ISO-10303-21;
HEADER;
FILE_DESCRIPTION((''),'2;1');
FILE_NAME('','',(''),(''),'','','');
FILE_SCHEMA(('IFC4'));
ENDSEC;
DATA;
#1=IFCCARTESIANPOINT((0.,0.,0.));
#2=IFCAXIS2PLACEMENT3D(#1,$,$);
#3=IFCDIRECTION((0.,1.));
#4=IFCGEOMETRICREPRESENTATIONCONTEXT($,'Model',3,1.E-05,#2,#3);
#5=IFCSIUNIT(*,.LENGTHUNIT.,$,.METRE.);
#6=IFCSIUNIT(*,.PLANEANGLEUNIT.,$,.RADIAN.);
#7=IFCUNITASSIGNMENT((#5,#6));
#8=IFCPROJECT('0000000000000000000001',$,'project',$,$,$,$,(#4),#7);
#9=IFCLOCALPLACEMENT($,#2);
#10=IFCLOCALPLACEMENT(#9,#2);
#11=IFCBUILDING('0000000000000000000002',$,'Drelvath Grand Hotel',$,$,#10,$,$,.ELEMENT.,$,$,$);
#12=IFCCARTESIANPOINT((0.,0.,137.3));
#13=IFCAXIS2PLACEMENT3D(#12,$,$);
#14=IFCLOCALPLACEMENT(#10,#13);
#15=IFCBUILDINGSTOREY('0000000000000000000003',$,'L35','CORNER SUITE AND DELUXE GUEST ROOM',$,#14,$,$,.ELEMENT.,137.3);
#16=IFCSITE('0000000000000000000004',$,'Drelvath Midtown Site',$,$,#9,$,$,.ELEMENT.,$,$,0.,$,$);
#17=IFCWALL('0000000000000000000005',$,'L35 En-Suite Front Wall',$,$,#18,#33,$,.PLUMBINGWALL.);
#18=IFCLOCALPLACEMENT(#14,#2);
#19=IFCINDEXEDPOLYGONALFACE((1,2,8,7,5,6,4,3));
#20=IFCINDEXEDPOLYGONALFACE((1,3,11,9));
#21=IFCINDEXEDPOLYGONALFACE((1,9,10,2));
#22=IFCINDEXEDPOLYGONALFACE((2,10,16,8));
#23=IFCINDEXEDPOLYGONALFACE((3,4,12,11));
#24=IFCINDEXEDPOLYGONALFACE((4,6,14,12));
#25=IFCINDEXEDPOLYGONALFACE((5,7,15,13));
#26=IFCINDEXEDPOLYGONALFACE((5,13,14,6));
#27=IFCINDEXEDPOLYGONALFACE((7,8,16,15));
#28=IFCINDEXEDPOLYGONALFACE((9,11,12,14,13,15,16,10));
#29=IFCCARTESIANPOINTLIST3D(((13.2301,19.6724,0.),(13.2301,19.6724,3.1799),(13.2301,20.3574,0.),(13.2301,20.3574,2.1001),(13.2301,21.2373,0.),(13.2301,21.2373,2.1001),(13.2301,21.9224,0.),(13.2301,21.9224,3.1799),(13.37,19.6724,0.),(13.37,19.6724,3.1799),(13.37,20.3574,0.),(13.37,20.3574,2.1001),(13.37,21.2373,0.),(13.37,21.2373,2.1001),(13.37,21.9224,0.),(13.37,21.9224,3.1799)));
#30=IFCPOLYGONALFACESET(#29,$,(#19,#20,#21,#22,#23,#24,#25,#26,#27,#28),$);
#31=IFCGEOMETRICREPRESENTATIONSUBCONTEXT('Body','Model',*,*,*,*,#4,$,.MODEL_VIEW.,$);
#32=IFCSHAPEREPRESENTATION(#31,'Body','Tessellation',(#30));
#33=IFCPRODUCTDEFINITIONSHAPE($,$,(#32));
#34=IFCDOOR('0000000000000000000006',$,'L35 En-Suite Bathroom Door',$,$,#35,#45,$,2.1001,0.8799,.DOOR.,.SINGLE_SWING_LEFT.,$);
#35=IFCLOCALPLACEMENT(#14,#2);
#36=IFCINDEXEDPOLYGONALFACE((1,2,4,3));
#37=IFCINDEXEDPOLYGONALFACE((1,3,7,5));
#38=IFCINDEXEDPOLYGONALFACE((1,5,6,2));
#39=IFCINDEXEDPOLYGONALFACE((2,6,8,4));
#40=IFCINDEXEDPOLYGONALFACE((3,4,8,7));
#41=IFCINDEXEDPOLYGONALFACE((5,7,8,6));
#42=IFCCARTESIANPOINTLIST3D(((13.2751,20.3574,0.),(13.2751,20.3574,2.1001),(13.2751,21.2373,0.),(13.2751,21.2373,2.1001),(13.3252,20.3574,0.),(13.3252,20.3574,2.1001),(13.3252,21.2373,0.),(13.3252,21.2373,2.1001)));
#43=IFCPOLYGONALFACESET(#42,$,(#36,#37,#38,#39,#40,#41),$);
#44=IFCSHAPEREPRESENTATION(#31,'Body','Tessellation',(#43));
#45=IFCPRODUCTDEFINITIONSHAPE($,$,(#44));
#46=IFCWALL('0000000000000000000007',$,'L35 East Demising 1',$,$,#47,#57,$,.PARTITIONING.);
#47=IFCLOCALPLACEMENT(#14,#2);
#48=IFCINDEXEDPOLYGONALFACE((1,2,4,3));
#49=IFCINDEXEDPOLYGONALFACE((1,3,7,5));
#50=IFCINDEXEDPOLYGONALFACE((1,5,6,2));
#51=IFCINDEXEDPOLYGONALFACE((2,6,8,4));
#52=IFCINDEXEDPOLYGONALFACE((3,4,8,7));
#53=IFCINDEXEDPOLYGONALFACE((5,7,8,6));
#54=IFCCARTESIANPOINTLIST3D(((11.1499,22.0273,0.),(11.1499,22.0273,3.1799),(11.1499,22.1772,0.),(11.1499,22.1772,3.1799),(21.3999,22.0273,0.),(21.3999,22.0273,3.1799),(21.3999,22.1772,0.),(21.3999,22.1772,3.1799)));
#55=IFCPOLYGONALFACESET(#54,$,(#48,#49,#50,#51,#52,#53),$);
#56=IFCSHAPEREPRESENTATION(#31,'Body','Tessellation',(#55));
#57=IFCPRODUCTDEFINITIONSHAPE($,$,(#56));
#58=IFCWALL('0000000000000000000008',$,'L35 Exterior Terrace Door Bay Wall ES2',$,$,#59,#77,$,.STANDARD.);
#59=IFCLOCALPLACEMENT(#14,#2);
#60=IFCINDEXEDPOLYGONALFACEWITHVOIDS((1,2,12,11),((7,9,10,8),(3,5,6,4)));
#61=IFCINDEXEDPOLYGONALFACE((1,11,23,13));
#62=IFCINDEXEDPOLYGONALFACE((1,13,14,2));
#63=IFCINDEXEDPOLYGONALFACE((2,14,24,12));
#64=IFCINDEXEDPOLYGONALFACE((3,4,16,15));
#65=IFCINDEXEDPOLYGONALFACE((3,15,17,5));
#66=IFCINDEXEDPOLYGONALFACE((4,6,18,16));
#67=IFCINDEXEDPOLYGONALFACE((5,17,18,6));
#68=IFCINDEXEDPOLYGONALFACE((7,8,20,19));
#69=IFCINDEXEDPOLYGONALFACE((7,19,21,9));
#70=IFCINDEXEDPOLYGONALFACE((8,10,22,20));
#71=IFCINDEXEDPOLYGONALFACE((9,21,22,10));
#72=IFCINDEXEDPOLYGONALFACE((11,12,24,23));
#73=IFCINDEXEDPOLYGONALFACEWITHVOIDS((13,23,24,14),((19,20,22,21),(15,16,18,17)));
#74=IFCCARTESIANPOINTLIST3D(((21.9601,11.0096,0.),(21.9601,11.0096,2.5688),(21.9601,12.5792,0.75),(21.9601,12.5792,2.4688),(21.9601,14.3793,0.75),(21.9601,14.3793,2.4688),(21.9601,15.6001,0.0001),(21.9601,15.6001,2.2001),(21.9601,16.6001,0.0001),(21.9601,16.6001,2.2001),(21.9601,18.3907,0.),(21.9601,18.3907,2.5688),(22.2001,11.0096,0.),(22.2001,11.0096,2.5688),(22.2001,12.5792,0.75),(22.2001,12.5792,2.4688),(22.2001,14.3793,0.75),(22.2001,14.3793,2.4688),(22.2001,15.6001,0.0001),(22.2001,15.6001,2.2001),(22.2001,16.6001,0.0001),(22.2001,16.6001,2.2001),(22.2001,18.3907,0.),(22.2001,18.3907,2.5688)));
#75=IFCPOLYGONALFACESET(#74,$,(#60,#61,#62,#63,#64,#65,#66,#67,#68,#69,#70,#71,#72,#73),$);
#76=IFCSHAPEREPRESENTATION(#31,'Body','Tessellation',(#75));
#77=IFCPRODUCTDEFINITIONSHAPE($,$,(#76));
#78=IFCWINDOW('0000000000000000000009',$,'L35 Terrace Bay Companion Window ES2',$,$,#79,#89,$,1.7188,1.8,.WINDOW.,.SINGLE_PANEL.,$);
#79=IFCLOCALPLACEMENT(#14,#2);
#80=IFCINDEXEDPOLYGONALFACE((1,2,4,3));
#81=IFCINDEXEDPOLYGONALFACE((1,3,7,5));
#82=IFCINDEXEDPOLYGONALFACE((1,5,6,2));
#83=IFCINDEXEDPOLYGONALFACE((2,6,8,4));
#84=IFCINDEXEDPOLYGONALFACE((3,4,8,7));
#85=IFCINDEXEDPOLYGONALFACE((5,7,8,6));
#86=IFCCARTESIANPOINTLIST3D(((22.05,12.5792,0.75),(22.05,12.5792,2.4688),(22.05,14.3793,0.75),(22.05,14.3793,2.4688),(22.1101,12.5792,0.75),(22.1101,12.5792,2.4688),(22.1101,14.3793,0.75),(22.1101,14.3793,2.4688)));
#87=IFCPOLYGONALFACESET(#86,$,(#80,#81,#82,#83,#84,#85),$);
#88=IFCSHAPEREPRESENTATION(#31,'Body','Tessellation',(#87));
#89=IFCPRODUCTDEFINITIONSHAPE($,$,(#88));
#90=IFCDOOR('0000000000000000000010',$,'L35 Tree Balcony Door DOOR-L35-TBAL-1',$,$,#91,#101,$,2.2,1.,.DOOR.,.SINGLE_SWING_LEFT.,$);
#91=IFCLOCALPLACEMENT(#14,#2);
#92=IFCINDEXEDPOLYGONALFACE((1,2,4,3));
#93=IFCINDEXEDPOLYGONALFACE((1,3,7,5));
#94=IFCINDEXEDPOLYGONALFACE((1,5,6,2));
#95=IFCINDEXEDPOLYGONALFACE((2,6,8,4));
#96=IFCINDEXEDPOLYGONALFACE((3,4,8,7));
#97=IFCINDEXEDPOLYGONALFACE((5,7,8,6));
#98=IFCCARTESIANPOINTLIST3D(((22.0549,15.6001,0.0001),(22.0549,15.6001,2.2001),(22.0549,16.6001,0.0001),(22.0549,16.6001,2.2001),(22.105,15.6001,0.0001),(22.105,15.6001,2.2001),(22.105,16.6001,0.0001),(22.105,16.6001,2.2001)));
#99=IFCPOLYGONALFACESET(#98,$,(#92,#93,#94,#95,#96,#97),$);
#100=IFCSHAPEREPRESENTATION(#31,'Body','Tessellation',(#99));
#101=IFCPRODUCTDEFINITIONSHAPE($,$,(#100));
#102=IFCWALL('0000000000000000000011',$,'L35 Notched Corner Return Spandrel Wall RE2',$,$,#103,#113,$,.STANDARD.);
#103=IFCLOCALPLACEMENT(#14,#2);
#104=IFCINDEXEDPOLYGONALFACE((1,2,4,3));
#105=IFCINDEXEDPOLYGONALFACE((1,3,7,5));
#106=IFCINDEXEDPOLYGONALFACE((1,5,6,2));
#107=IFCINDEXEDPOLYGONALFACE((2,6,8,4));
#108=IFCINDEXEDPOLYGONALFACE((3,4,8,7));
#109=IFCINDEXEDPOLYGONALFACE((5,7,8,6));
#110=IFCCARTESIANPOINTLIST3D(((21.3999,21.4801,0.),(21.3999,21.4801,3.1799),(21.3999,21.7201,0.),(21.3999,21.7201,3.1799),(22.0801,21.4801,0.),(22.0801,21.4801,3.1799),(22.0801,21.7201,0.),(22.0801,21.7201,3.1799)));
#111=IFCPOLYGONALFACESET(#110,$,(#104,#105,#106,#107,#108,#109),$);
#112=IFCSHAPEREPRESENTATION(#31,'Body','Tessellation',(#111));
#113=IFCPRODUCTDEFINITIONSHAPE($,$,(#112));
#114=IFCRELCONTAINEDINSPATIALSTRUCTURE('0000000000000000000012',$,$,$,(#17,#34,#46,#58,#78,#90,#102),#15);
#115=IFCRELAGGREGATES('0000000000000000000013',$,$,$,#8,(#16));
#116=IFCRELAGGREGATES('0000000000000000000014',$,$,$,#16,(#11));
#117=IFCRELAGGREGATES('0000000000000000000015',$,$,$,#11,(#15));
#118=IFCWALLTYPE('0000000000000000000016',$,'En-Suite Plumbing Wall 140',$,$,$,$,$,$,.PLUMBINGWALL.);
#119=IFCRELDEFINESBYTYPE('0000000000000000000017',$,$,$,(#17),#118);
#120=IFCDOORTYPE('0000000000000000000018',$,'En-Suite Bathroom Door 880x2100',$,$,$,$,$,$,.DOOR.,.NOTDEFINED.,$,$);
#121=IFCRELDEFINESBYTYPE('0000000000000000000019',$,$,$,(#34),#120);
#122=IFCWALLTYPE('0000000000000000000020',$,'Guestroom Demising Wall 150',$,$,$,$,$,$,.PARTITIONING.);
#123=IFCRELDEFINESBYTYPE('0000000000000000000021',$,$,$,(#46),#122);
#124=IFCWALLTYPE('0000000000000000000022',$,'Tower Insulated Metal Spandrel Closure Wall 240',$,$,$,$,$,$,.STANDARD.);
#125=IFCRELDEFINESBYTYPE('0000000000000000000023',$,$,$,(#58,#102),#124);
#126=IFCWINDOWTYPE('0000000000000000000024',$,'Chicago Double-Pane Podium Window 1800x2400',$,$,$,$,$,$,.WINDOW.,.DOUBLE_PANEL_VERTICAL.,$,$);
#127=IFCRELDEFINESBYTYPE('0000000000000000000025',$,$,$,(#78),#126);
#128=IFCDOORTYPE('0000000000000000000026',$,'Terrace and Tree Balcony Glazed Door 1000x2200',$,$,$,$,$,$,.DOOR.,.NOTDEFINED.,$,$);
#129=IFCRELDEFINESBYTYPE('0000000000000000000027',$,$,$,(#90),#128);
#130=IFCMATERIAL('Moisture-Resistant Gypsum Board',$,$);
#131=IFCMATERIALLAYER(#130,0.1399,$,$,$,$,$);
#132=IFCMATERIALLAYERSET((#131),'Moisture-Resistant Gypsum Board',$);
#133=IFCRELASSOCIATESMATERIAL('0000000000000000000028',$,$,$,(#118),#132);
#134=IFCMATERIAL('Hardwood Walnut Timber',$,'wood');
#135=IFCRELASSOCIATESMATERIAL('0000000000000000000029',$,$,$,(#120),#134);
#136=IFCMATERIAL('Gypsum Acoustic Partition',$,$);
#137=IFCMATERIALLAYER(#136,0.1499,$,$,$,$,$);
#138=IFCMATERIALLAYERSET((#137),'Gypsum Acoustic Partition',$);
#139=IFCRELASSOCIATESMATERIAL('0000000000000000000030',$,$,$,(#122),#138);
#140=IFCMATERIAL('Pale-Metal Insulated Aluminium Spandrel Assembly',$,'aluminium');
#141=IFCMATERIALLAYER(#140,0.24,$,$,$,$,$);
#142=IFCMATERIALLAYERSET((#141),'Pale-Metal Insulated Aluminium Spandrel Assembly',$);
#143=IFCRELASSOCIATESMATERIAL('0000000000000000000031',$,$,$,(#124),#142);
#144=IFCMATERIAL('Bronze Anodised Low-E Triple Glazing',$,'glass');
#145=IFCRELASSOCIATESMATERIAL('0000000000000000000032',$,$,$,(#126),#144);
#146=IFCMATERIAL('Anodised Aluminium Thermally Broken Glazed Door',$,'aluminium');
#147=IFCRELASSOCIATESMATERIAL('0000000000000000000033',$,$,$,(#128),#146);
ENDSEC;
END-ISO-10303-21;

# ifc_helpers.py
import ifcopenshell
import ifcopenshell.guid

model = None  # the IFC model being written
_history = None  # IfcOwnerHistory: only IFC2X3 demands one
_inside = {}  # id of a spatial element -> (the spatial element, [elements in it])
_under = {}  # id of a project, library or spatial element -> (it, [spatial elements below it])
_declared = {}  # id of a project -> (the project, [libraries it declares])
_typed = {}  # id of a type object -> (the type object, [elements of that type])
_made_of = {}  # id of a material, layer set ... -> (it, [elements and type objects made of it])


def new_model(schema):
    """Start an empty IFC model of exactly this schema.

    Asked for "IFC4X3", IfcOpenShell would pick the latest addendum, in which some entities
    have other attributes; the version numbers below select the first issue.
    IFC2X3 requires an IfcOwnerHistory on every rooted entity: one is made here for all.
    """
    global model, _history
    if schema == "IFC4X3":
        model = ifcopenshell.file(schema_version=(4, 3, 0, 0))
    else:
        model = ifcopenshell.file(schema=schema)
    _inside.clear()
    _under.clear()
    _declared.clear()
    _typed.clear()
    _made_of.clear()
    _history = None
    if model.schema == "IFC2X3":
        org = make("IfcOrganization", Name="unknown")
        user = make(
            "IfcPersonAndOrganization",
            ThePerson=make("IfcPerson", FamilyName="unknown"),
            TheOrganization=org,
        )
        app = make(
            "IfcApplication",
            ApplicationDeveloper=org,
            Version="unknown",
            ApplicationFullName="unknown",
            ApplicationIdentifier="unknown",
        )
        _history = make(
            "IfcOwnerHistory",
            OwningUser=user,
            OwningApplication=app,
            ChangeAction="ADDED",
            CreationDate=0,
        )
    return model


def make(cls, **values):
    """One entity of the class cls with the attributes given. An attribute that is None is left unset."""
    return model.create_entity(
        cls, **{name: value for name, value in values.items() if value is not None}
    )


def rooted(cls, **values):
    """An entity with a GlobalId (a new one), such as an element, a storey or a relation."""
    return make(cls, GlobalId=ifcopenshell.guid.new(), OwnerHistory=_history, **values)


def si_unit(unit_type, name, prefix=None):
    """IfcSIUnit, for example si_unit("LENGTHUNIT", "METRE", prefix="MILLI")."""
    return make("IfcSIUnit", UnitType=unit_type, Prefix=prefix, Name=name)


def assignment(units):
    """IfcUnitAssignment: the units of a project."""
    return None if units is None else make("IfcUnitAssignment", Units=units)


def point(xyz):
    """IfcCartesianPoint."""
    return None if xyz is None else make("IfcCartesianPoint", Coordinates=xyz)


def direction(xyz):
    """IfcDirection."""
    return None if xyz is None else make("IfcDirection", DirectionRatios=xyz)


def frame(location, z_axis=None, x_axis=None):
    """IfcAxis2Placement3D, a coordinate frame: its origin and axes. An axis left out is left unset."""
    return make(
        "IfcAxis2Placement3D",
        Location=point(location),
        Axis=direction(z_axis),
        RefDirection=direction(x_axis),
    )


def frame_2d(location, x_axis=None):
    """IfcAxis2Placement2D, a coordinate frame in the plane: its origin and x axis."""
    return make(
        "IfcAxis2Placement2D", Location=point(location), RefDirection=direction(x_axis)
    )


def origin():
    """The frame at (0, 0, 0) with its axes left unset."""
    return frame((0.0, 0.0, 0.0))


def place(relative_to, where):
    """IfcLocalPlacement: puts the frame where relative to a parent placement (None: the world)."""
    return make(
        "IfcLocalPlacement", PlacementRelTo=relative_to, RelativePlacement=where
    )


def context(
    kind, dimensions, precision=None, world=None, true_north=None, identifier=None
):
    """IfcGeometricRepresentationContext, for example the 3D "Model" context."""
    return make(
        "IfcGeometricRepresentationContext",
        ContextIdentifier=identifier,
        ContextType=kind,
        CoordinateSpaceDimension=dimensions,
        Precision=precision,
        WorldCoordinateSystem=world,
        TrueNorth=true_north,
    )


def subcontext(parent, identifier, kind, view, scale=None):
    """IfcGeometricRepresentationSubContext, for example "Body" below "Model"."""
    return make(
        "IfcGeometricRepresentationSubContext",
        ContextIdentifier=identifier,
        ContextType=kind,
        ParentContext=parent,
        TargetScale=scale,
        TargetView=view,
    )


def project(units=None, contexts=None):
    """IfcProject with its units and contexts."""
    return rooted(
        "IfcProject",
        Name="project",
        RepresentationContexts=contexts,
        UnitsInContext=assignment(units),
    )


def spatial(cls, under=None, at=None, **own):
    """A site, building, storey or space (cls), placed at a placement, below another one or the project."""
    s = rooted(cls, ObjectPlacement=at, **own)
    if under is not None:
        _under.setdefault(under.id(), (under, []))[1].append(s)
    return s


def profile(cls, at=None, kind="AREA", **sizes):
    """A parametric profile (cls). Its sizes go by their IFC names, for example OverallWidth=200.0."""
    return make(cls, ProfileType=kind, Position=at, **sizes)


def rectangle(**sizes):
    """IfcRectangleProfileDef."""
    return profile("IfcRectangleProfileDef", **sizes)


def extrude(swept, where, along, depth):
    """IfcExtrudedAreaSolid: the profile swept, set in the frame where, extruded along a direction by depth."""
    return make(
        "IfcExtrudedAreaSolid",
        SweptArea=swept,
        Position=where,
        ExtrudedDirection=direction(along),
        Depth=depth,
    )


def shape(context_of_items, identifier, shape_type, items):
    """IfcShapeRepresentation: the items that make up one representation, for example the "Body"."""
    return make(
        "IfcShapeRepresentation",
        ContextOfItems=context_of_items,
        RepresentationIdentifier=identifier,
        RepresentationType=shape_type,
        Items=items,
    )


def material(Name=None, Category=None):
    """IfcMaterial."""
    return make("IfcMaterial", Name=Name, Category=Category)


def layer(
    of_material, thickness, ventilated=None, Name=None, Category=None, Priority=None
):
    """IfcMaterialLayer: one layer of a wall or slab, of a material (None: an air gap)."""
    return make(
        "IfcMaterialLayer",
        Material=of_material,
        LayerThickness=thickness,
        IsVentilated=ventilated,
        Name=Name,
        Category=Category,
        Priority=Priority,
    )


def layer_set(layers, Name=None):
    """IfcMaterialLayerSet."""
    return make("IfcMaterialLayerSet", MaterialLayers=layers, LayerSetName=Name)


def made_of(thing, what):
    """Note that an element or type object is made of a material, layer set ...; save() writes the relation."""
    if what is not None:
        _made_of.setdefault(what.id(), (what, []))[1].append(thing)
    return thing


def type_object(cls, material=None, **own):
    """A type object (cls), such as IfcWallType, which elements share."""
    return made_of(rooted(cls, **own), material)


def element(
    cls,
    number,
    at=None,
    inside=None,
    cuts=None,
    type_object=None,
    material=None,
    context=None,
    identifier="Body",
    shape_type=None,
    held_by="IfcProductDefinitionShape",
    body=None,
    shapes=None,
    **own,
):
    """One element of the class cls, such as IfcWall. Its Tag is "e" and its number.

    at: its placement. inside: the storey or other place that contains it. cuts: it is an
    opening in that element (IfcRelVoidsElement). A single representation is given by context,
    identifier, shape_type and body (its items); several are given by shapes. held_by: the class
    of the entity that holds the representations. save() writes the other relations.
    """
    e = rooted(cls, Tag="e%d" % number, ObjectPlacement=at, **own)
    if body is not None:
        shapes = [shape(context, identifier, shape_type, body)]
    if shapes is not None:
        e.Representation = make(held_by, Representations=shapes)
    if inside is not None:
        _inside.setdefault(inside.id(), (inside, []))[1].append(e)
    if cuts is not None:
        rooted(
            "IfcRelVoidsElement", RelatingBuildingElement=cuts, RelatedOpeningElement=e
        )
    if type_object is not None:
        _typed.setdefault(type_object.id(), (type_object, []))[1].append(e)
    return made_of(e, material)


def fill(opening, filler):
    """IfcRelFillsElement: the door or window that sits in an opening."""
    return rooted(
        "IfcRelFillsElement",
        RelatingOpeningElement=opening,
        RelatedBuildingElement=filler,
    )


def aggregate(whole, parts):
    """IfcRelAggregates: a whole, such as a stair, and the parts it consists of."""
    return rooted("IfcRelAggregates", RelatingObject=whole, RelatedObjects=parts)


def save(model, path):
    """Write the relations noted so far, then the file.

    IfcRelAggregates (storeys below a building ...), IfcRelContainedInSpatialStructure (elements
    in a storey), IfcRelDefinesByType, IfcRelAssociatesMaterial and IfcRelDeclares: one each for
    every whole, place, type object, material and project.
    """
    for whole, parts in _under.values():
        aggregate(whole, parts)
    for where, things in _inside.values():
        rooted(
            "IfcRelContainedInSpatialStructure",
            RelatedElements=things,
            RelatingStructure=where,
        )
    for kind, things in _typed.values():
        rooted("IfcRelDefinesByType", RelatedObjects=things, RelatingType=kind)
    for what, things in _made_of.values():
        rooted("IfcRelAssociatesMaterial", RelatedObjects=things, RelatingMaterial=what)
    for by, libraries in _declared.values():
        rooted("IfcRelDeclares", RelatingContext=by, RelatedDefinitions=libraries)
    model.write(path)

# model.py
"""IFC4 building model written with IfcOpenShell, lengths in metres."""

from ifc_helpers import new_model, si_unit, direction, frame, frame_2d, origin, place, context, subcontext, project, spatial, rectangle, extrude, material, layer, layer_set, type_object, element, fill, save


model = new_model("IFC4")

# Units and contexts
model_context = context("Model", 3, precision=1e-05, world=origin(), true_north=direction((0.0, 1.0)))
body_context = subcontext(model_context, "Body", "Model", "MODEL_VIEW")
ifc_project = project(units=[si_unit("LENGTHUNIT", "METRE"), si_unit("PLANEANGLEUNIT", "RADIAN")], contexts=[model_context])

# Site, building, storey
site_placement = place(None, origin())
site = spatial("IfcSite", under=ifc_project, at=site_placement, Name="Drelvath Midtown Site", CompositionType="ELEMENT", RefElevation=0.0)
building_placement = place(site_placement, origin())
building = spatial("IfcBuilding", under=site, at=building_placement, Name="Drelvath Grand Hotel", CompositionType="ELEMENT")
storey_placement = place(building_placement, frame((0.0, 0.0, 137.3)))
storey = spatial("IfcBuildingStorey", under=building, at=storey_placement, Name="L35", Description="CORNER SUITE AND DELUXE GUEST ROOM", CompositionType="ELEMENT", Elevation=137.3)

# Shared definitions
ifc_material_1 = material(Name="Moisture-Resistant Gypsum Board")
ifc_layer_1 = layer(ifc_material_1, 0.1399)
ifc_layer_set_1 = layer_set([ifc_layer_1], Name="Moisture-Resistant Gypsum Board")
wall_type_1 = type_object("IfcWallType", Name="En-Suite Plumbing Wall 140", PredefinedType="PLUMBINGWALL", material=ifc_layer_set_1)

# Wall, opening, door
wall_1_placement = place(storey_placement, frame((13.3, 19.6724, 0.0), z_axis=(0.0, 0.0, 1.0), x_axis=(0.0, 1.0, 0.0)))
wall_1 = element("IfcWall", 1, at=wall_1_placement, inside=storey, type_object=wall_type_1, Name="L35 En-Suite Front Wall", PredefinedType="PLUMBINGWALL", context=body_context, shape_type="SweptSolid", body=[
    extrude(rectangle(XDim=2.25, YDim=0.1399, at=frame_2d((1.125, 0.0))), origin(), (0.0, 0.0, 1.0), 3.1799),
])
opening_1_placement = place(wall_1_placement, frame((0.6851, 0.0, 0.0)))
opening_1 = element("IfcOpeningElement", 2, at=opening_1_placement, cuts=wall_1, PredefinedType="OPENING", context=body_context, shape_type="SweptSolid", body=[
    extrude(rectangle(XDim=0.8799, YDim=2.1001, at=frame_2d((0.4399, 1.05))), frame((0.0, 0.0798, 0.0), z_axis=(0.0, -1.0, 0.0), x_axis=(1.0, 0.0, 0.0)), (0.0, 0.0, 1.0), 0.1599),
])
ifc_material_2 = material(Name="Hardwood Walnut Timber", Category="wood")
door_type_1 = type_object("IfcDoorType", Name="En-Suite Bathroom Door 880x2100", OperationType="NOTDEFINED", PredefinedType="DOOR", material=ifc_material_2)
door_1_placement = place(opening_1_placement, origin())
door_1 = element("IfcDoor", 3, at=door_1_placement, inside=storey, type_object=door_type_1, Name="L35 En-Suite Bathroom Door", OperationType="SINGLE_SWING_LEFT", OverallHeight=2.1001, OverallWidth=0.8799, PredefinedType="DOOR", context=body_context, shape_type="SweptSolid", body=[
    extrude(rectangle(XDim=0.8799, YDim=2.1001, at=frame_2d((0.4399, 1.05))), frame((0.0, 0.0249, 0.0), z_axis=(0.0, -1.0, 0.0), x_axis=(1.0, 0.0, 0.0)), (0.0, 0.0, 1.0), 0.05),
])
fill(opening_1, door_1)

# Wall
ifc_material_3 = material(Name="Gypsum Acoustic Partition")
ifc_layer_2 = layer(ifc_material_3, 0.1499)
ifc_layer_set_2 = layer_set([ifc_layer_2], Name="Gypsum Acoustic Partition")
wall_type_2 = type_object("IfcWallType", Name="Guestroom Demising Wall 150", PredefinedType="PARTITIONING", material=ifc_layer_set_2)
wall_2_placement = place(storey_placement, frame((11.1499, 22.1023, 0.0), z_axis=(0.0, 0.0, 1.0), x_axis=(1.0, 0.0, 0.0)))
element("IfcWall", 4, at=wall_2_placement, inside=storey, type_object=wall_type_2, Name="L35 East Demising 1", PredefinedType="PARTITIONING", context=body_context, shape_type="SweptSolid", body=[
    extrude(rectangle(XDim=10.25, YDim=0.1499, at=frame_2d((5.125, 0.0))), origin(), (0.0, 0.0, 1.0), 3.1799),
])

# Wall, openings, window, door
ifc_material_4 = material(Name="Pale-Metal Insulated Aluminium Spandrel Assembly", Category="aluminium")
ifc_layer_3 = layer(ifc_material_4, 0.24)
ifc_layer_set_3 = layer_set([ifc_layer_3], Name="Pale-Metal Insulated Aluminium Spandrel Assembly")
wall_type_3 = type_object("IfcWallType", Name="Tower Insulated Metal Spandrel Closure Wall 240", PredefinedType="STANDARD", material=ifc_layer_set_3)
wall_3_placement = place(storey_placement, frame((22.0801, 18.3906, 0.0), z_axis=(0.0, 0.0, 1.0), x_axis=(0.0, -1.0, 0.0)))
wall_3 = element("IfcWall", 5, at=wall_3_placement, inside=storey, type_object=wall_type_3, Name="L35 Exterior Terrace Door Bay Wall ES2", PredefinedType="STANDARD", context=body_context, shape_type="SweptSolid", body=[
    extrude(rectangle(XDim=7.3811, YDim=0.24, at=frame_2d((3.6904, 0.0))), origin(), (0.0, 0.0, 1.0), 2.5688),
])
opening_2_placement = place(wall_3_placement, frame((1.7905, 0.0, 0.0)))
opening_2 = element("IfcOpeningElement", 6, at=opening_2_placement, cuts=wall_3, PredefinedType="OPENING", context=body_context, shape_type="SweptSolid", body=[
    extrude(rectangle(XDim=1.0, YDim=2.2, at=frame_2d((0.5, 1.1001))), frame((0.0, 0.1299, 0.0), z_axis=(0.0, -1.0, 0.0), x_axis=(1.0, 0.0, 0.0)), (0.0, 0.0, 1.0), 0.26),
])
opening_3_placement = place(wall_3_placement, frame((4.0115, 0.0, 0.75)))
opening_3 = element("IfcOpeningElement", 7, at=opening_3_placement, cuts=wall_3, PredefinedType="OPENING", context=body_context, shape_type="SweptSolid", body=[
    extrude(rectangle(XDim=1.8, YDim=1.7188, at=frame_2d((0.8999, 0.8594))), frame((0.0, 0.1299, 0.0), z_axis=(0.0, -1.0, 0.0), x_axis=(1.0, 0.0, 0.0)), (0.0, 0.0, 1.0), 0.26),
])
ifc_material_5 = material(Name="Bronze Anodised Low-E Triple Glazing", Category="glass")
window_type = type_object("IfcWindowType", Name="Chicago Double-Pane Podium Window 1800x2400", PartitioningType="DOUBLE_PANEL_VERTICAL", PredefinedType="WINDOW", material=ifc_material_5)
window_placement = place(opening_3_placement, origin())
window = element("IfcWindow", 8, at=window_placement, inside=storey, type_object=window_type, Name="L35 Terrace Bay Companion Window ES2", OverallHeight=1.7188, OverallWidth=1.8, PartitioningType="SINGLE_PANEL", PredefinedType="WINDOW", context=body_context, shape_type="SweptSolid", body=[
    extrude(rectangle(XDim=1.8, YDim=1.7188, at=frame_2d((0.8999, 0.8594))), frame((0.0, 0.03, 0.0), z_axis=(0.0, -1.0, 0.0), x_axis=(1.0, 0.0, 0.0)), (0.0, 0.0, 1.0), 0.0601),
])
fill(opening_3, window)
ifc_material_6 = material(Name="Anodised Aluminium Thermally Broken Glazed Door", Category="aluminium")
door_type_2 = type_object("IfcDoorType", Name="Terrace and Tree Balcony Glazed Door 1000x2200", OperationType="NOTDEFINED", PredefinedType="DOOR", material=ifc_material_6)
door_2_placement = place(opening_2_placement, origin())
door_2 = element("IfcDoor", 9, at=door_2_placement, inside=storey, type_object=door_type_2, Name="L35 Tree Balcony Door DOOR-L35-TBAL-1", OperationType="SINGLE_SWING_LEFT", OverallHeight=2.2, OverallWidth=1.0, PredefinedType="DOOR", context=body_context, shape_type="SweptSolid", body=[
    extrude(rectangle(XDim=1.0, YDim=2.2, at=frame_2d((0.5, 1.1001))), frame((0.0, 0.0249, 0.0), z_axis=(0.0, -1.0, 0.0), x_axis=(1.0, 0.0, 0.0)), (0.0, 0.0, 1.0), 0.05),
])
fill(opening_2, door_2)

# Wall
wall_4_placement = place(storey_placement, frame((21.3999, 21.6001, 0.0), z_axis=(0.0, 0.0, 1.0), x_axis=(1.0, 0.0, 0.0)))
element("IfcWall", 10, at=wall_4_placement, inside=storey, type_object=wall_type_3, Name="L35 Notched Corner Return Spandrel Wall RE2", PredefinedType="STANDARD", context=body_context, shape_type="SweptSolid", body=[
    extrude(rectangle(XDim=0.6802, YDim=0.24, at=frame_2d((0.3401, 0.0))), origin(), (0.0, 0.0, 1.0), 3.1799),
])

save(model, "model.ifc")
